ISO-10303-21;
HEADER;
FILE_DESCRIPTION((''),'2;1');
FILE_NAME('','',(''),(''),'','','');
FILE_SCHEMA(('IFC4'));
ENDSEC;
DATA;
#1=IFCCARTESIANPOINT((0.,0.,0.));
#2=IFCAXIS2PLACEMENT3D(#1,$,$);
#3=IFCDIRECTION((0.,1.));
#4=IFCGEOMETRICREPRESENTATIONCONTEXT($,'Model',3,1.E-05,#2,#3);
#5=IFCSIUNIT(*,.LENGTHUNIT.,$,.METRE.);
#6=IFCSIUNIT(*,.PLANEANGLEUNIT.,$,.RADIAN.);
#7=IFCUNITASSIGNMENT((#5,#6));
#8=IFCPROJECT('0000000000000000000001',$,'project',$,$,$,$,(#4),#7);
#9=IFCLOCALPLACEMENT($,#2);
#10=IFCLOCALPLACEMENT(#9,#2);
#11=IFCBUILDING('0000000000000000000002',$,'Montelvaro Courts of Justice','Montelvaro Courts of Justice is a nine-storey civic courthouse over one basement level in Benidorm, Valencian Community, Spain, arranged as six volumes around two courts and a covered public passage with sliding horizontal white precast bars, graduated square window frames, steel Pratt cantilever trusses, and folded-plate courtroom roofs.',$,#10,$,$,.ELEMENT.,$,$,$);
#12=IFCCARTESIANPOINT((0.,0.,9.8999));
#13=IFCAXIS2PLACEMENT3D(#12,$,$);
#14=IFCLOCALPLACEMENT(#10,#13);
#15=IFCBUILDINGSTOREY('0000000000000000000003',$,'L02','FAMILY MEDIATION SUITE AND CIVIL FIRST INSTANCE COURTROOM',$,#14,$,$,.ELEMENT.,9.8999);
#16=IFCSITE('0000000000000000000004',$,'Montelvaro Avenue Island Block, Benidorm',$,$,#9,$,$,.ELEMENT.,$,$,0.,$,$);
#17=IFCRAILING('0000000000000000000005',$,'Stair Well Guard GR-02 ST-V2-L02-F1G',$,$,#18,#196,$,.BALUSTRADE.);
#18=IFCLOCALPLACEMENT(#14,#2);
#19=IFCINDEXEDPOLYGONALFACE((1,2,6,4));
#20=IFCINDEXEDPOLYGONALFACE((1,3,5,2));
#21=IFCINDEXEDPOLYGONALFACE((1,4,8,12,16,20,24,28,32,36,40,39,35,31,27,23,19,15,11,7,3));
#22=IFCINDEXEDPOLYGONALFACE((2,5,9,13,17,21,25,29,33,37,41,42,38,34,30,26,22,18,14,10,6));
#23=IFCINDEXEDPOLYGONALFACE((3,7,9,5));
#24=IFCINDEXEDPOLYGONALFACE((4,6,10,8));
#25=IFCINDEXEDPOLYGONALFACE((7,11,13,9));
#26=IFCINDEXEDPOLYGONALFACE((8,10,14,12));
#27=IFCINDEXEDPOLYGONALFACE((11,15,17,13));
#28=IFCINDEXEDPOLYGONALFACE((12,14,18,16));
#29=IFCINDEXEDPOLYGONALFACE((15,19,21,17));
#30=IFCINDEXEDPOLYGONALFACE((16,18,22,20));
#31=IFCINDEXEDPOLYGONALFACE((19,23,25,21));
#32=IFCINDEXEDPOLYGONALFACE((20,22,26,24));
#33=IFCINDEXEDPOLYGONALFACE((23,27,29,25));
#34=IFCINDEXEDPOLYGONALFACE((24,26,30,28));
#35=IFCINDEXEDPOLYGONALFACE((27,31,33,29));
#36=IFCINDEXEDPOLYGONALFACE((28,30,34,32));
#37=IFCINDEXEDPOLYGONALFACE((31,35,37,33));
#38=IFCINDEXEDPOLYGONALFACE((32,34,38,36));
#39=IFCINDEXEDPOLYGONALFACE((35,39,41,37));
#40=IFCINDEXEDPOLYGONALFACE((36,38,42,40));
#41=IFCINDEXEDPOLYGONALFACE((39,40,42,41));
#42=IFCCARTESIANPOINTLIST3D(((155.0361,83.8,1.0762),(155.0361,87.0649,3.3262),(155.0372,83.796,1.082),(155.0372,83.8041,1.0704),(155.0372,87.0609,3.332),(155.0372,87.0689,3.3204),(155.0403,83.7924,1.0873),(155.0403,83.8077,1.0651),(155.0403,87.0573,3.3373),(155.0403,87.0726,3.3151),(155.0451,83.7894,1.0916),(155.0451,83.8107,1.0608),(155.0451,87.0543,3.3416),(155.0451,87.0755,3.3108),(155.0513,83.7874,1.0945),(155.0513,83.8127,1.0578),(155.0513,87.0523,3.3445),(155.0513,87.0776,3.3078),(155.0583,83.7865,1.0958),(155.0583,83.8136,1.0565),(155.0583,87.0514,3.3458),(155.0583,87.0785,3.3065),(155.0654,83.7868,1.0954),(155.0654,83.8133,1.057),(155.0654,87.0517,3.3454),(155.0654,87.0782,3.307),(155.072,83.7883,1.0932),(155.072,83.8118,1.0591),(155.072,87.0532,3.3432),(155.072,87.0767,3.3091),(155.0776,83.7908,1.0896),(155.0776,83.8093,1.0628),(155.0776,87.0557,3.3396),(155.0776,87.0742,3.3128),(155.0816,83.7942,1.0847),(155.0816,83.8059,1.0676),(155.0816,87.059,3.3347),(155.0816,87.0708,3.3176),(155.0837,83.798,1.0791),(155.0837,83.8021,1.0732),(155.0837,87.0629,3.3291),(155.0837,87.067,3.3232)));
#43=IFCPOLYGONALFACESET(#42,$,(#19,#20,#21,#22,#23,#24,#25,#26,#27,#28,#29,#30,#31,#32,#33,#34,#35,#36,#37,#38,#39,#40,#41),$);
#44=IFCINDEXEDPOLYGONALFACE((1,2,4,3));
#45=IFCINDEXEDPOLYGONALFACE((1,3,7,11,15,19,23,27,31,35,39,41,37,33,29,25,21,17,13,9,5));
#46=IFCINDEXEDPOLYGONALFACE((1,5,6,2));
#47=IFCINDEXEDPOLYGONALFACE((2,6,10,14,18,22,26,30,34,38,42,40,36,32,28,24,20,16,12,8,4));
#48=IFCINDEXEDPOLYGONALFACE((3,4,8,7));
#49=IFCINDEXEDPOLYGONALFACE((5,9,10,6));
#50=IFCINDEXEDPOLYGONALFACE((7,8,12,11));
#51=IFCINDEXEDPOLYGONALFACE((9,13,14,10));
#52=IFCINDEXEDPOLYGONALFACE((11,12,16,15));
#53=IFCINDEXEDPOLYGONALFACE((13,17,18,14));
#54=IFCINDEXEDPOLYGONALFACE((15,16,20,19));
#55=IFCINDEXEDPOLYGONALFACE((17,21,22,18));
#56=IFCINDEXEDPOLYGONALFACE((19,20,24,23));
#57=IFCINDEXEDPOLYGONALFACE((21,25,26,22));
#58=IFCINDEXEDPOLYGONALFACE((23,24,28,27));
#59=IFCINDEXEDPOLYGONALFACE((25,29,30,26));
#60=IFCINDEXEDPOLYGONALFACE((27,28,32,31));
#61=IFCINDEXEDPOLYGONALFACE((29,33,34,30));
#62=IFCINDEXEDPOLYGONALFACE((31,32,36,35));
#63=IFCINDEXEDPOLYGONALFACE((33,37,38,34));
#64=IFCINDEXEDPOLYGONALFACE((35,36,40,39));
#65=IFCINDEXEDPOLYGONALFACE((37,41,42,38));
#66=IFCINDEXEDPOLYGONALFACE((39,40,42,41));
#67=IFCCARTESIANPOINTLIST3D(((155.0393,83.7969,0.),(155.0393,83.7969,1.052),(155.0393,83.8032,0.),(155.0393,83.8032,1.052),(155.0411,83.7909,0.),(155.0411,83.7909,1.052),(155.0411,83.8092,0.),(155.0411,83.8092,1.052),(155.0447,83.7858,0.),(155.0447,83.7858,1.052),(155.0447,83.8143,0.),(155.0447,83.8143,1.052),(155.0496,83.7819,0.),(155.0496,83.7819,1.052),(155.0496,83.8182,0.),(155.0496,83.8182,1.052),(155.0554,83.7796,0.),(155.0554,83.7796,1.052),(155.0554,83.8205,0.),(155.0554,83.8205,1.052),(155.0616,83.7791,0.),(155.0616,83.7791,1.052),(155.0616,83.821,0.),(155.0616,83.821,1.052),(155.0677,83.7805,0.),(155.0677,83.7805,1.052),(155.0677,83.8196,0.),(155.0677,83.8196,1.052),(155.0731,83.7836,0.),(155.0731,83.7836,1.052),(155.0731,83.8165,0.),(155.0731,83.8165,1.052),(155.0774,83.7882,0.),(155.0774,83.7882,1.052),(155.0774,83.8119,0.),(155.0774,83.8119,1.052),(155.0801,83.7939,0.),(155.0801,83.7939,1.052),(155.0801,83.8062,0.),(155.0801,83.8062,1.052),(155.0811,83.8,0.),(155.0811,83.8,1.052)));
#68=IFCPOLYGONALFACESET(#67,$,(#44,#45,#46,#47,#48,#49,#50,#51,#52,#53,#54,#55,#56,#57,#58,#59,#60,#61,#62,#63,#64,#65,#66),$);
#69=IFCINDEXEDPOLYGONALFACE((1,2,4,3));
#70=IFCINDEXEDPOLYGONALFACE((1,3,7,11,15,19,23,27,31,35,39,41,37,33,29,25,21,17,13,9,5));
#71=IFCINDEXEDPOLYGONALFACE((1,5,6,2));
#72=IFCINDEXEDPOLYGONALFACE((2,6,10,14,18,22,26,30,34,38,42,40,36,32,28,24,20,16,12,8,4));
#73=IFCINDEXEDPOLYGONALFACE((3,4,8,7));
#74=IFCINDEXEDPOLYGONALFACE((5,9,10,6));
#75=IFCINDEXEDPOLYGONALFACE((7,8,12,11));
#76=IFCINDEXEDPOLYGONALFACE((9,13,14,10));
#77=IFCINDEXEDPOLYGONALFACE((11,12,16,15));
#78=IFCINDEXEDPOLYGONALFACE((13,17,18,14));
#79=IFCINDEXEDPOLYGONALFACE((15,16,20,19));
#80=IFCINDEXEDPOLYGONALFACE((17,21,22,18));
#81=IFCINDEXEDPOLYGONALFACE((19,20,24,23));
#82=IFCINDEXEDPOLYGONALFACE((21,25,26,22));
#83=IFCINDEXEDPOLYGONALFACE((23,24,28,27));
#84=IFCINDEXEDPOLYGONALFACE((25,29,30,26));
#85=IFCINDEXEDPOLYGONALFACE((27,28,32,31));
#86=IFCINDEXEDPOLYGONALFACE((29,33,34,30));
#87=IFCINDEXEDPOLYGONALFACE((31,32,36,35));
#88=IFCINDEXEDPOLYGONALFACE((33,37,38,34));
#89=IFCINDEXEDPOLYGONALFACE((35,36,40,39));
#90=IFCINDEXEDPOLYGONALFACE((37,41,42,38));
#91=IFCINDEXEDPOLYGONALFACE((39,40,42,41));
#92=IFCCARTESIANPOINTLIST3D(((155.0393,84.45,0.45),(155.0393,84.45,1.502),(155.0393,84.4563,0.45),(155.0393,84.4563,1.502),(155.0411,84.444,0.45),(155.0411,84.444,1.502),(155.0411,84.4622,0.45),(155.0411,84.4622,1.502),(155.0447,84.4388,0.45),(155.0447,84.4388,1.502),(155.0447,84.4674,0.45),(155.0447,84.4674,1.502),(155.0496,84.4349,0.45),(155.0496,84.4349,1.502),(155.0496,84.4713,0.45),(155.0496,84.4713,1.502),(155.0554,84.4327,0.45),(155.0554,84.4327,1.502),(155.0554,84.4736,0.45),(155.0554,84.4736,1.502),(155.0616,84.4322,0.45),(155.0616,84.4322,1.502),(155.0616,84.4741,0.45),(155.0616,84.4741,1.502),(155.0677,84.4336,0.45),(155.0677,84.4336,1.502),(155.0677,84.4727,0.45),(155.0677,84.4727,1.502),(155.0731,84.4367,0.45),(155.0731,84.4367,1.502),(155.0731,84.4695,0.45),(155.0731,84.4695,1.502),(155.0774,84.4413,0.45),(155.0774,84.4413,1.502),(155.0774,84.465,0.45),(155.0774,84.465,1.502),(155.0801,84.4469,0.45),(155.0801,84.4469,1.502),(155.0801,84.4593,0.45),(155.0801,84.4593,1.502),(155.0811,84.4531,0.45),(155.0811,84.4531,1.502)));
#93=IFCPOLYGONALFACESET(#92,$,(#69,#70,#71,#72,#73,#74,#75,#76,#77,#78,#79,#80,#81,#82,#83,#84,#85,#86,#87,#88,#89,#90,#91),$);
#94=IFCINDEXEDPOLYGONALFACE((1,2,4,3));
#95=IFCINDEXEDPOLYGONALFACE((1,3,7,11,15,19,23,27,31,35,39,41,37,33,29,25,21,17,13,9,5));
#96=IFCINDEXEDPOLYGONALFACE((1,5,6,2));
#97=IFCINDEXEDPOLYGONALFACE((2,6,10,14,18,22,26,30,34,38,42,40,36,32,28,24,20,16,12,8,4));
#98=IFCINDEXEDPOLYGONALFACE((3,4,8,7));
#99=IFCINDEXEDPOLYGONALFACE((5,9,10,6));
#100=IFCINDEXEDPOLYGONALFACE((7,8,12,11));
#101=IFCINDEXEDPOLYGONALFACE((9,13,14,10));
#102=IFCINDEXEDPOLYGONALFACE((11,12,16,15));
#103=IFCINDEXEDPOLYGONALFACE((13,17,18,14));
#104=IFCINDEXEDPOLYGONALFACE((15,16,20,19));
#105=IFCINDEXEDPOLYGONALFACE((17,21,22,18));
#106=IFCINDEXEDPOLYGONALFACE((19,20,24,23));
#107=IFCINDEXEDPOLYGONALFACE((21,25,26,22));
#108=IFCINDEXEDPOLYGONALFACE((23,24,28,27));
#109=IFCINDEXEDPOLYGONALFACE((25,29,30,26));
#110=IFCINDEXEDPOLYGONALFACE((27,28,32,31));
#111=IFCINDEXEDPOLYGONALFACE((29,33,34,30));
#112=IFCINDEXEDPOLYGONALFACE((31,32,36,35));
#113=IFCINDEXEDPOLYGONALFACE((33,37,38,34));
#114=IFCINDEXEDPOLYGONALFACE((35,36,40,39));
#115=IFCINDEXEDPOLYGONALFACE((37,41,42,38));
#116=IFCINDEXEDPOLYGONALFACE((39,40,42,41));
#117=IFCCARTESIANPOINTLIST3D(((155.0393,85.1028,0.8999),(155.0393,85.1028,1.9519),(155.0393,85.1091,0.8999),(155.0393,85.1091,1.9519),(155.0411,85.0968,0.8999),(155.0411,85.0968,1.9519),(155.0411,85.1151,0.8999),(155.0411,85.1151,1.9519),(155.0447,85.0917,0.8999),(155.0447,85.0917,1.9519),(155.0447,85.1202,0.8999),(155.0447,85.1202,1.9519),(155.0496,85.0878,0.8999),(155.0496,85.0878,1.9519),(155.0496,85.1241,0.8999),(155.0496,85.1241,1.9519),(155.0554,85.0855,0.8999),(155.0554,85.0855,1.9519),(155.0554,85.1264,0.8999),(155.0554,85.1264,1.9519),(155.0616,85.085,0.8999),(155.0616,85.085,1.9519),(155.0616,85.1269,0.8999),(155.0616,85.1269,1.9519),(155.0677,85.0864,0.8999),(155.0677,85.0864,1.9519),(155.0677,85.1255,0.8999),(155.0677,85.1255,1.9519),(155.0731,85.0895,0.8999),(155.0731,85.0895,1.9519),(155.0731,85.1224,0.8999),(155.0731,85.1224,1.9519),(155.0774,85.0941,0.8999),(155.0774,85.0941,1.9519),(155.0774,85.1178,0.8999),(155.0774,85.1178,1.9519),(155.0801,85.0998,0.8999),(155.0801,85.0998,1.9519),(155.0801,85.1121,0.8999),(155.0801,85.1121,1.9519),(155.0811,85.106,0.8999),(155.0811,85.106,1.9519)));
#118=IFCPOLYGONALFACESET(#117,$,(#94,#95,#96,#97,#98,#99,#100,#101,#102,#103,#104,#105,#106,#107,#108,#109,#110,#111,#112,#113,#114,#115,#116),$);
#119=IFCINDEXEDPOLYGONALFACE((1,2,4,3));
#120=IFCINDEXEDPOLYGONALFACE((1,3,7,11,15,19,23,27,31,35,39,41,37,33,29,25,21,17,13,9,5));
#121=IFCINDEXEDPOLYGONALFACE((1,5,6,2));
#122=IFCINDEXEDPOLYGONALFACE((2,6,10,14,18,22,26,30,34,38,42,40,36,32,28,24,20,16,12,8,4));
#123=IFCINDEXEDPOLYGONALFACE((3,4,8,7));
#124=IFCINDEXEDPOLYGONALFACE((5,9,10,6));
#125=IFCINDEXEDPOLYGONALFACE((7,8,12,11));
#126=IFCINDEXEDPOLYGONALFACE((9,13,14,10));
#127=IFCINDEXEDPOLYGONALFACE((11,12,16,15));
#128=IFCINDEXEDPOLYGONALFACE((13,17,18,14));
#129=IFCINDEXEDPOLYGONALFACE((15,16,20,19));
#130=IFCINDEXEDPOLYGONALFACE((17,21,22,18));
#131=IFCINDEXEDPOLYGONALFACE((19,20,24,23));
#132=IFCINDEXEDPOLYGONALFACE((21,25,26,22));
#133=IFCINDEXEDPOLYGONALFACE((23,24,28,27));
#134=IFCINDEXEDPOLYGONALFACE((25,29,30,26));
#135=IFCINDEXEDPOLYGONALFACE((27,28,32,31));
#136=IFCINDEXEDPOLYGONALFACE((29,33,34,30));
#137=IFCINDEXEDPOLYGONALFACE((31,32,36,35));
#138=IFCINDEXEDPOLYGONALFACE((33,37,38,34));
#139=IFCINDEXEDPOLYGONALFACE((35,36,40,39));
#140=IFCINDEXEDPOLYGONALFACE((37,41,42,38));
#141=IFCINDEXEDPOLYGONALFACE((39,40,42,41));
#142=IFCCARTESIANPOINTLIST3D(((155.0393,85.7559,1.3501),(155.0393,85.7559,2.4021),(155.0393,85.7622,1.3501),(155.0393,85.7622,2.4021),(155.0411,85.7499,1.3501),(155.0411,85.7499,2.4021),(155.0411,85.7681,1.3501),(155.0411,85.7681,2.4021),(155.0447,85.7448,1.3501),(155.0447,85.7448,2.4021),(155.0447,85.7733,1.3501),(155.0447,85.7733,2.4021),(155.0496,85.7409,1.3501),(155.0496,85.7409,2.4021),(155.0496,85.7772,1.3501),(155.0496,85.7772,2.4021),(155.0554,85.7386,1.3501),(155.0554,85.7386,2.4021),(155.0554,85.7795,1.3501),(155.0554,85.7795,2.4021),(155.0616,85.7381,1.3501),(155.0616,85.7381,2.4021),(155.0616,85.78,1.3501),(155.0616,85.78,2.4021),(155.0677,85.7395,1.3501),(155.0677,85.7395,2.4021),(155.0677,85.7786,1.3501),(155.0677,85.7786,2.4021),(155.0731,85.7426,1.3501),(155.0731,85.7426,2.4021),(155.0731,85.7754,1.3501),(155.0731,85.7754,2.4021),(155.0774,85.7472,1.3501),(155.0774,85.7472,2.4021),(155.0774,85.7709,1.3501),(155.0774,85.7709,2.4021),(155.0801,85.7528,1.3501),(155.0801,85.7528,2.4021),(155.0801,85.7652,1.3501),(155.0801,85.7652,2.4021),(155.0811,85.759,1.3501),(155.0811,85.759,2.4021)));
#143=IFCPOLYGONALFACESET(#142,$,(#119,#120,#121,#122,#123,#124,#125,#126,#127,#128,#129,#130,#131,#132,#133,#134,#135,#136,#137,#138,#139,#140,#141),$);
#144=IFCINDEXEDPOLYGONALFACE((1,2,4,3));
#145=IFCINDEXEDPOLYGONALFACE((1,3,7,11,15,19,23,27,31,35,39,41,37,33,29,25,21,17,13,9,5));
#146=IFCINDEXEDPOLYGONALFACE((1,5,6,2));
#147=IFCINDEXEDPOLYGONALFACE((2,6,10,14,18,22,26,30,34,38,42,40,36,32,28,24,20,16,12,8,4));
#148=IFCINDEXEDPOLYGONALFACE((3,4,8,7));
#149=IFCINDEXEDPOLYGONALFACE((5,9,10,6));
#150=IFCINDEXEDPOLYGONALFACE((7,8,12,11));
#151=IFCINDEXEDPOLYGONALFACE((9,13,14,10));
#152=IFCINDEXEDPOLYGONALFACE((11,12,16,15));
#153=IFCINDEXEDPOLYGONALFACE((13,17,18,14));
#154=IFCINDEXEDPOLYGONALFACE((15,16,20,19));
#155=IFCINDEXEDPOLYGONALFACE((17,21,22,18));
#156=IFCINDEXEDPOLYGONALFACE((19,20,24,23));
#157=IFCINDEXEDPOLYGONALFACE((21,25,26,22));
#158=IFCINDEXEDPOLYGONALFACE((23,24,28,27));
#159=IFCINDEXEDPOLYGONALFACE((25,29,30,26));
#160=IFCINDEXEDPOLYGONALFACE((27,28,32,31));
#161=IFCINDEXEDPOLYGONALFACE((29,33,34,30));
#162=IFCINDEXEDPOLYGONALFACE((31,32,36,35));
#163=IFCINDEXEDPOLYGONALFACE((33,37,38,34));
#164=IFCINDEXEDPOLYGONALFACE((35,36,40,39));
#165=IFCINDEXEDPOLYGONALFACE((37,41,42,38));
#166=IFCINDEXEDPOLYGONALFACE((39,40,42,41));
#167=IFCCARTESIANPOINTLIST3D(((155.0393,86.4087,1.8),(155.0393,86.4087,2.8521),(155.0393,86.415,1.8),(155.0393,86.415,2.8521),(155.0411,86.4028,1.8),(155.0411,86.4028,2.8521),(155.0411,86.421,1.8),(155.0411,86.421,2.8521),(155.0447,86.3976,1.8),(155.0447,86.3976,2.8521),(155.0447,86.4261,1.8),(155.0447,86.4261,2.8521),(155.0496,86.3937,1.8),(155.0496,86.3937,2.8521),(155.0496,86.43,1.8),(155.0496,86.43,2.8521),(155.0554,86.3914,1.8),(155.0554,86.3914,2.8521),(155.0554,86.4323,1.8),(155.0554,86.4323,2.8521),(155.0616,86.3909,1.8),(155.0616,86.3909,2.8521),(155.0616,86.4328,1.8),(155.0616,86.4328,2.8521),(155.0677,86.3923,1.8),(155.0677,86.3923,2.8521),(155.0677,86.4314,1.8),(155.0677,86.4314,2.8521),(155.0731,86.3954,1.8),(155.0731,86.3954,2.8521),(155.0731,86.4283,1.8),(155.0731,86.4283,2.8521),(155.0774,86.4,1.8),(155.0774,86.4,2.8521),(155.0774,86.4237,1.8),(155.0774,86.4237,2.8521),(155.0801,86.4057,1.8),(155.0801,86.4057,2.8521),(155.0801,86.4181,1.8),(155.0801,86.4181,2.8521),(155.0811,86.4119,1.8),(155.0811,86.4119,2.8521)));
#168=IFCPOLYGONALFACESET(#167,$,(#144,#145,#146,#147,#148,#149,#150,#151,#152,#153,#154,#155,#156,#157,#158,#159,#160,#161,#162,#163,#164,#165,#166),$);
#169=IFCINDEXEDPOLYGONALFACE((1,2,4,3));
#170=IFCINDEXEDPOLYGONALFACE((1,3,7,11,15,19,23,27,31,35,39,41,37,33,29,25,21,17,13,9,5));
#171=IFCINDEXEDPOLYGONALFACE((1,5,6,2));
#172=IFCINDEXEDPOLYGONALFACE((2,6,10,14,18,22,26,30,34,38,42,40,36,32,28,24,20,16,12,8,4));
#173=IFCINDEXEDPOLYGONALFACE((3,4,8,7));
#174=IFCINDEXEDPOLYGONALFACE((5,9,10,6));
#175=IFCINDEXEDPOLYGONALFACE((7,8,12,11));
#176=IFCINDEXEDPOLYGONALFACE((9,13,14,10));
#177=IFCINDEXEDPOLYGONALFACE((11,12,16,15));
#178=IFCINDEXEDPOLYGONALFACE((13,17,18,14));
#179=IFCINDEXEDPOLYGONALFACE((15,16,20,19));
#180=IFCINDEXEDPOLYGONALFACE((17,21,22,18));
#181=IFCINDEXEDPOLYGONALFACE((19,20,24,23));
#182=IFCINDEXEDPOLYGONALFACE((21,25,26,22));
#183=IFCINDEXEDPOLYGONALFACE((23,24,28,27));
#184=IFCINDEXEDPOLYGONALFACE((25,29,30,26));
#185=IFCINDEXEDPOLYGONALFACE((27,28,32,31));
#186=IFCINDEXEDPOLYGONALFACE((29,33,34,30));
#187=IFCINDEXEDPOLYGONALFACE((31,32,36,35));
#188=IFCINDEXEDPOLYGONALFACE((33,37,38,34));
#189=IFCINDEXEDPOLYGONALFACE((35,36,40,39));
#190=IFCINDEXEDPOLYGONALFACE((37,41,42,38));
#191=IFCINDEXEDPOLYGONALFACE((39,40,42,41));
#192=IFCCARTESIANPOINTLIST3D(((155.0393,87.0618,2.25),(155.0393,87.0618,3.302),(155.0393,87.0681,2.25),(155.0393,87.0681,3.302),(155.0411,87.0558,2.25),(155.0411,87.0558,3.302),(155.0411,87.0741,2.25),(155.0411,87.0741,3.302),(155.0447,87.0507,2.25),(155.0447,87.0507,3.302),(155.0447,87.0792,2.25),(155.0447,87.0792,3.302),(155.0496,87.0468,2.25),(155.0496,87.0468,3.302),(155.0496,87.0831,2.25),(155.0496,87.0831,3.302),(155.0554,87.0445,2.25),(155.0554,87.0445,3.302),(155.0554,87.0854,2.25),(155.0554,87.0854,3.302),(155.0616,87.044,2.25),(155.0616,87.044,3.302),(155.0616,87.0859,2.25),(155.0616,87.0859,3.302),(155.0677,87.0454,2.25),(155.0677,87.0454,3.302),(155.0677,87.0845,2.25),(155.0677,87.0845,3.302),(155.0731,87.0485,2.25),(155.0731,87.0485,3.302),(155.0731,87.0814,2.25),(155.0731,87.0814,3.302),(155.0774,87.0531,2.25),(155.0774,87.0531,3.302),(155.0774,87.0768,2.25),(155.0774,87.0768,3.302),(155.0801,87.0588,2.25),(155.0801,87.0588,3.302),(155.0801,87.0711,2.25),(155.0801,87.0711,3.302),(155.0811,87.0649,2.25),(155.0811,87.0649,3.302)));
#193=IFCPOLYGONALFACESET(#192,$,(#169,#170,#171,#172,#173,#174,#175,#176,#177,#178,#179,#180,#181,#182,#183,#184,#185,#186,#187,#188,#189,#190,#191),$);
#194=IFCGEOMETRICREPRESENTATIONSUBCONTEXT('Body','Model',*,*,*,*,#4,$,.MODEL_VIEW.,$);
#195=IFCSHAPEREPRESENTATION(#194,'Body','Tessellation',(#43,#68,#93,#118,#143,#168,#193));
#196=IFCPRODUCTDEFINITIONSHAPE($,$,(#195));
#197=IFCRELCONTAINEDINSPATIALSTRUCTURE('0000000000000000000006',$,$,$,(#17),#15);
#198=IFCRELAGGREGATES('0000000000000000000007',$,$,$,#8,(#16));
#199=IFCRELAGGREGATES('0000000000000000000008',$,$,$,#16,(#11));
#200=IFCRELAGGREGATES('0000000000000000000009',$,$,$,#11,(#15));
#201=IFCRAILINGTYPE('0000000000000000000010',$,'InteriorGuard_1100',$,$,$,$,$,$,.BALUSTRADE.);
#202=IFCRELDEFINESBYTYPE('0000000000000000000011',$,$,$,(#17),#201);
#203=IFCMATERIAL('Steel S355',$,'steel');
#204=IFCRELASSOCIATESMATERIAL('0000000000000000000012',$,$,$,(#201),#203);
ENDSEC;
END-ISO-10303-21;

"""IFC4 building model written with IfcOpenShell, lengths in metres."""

from ifc_helpers import new_model, si_unit, direction, frame, origin, origin_2d, place, context, subcontext, project, spatial, circle, extrude, material, type_object, element, save


model = new_model("IFC4")

# Units and contexts
model_context = context("Model", 3, precision=1e-05, world=origin(), true_north=direction((0.0, 1.0)))
body_context = subcontext(model_context, "Body", "Model", "MODEL_VIEW")
ifc_project = project(units=[si_unit("LENGTHUNIT", "METRE"), si_unit("PLANEANGLEUNIT", "RADIAN")], contexts=[model_context])

# Site, building, storey
site_placement = place(None, origin())
site = spatial("IfcSite", under=ifc_project, at=site_placement, Name="Montelvaro Avenue Island Block, Benidorm", CompositionType="ELEMENT", RefElevation=0.0)
building_placement = place(site_placement, origin())
building = spatial("IfcBuilding", under=site, at=building_placement, Name="Montelvaro Courts of Justice", Description="Montelvaro Courts of Justice is a nine-storey civic courthouse over one basement level in Benidorm, Valencian Community, Spain, arranged as six volumes around two courts and a covered public passage with sliding horizontal white precast bars, graduated square window frames, steel Pratt cantilever trusses, and folded-plate courtroom roofs.", CompositionType="ELEMENT")
storey_placement = place(building_placement, frame((0.0, 0.0, 9.8999)))
storey = spatial("IfcBuildingStorey", under=building, at=storey_placement, Name="L02", Description="FAMILY MEDIATION SUITE AND CIVIL FIRST INSTANCE COURTROOM", CompositionType="ELEMENT", Elevation=9.8999)

# Shared definitions
ifc_material_1 = material(Name="Steel S355", Category="steel")

# Railing
railing_type_1 = type_object("IfcRailingType", Name="InteriorGuard_1100", PredefinedType="BALUSTRADE", material=ifc_material_1)
railing_1_placement = place(storey_placement, frame((155.0601, 83.8, 0.0)))
element("IfcRailing", 1, at=railing_1_placement, inside=storey, type_object=railing_type_1, Name="Stair Well Guard GR-02 ST-V2-L02-F1G", PredefinedType="BALUSTRADE", context=body_context, shape_type="SweptSolid", body=[
    extrude(circle(Radius=0.0239, at=origin_2d()), frame((0.0, 0.0, 1.0762), z_axis=(0.0, 0.823407, 0.567451), x_axis=(-1.0, 0.0, 0.0)), (0.0, 0.0, 1.0), 3.9651),
    extrude(circle(Radius=0.021, at=origin_2d()), origin(), (0.0, 0.0, 1.0), 1.052),
    extrude(circle(Radius=0.021, at=origin_2d()), frame((0.0, 0.6531, 0.45)), (0.0, 0.0, 1.0), 1.052),
    extrude(circle(Radius=0.021, at=origin_2d()), frame((0.0, 1.3059, 0.8999)), (0.0, 0.0, 1.0), 1.052),
    extrude(circle(Radius=0.021, at=origin_2d()), frame((0.0, 1.959, 1.3501)), (0.0, 0.0, 1.0), 1.052),
    extrude(circle(Radius=0.021, at=origin_2d()), frame((0.0, 2.6118, 1.8)), (0.0, 0.0, 1.0), 1.052),
    extrude(circle(Radius=0.021, at=origin_2d()), frame((0.0, 3.2649, 2.25)), (0.0, 0.0, 1.0), 1.052),
])

save(model, "model.ifc")
